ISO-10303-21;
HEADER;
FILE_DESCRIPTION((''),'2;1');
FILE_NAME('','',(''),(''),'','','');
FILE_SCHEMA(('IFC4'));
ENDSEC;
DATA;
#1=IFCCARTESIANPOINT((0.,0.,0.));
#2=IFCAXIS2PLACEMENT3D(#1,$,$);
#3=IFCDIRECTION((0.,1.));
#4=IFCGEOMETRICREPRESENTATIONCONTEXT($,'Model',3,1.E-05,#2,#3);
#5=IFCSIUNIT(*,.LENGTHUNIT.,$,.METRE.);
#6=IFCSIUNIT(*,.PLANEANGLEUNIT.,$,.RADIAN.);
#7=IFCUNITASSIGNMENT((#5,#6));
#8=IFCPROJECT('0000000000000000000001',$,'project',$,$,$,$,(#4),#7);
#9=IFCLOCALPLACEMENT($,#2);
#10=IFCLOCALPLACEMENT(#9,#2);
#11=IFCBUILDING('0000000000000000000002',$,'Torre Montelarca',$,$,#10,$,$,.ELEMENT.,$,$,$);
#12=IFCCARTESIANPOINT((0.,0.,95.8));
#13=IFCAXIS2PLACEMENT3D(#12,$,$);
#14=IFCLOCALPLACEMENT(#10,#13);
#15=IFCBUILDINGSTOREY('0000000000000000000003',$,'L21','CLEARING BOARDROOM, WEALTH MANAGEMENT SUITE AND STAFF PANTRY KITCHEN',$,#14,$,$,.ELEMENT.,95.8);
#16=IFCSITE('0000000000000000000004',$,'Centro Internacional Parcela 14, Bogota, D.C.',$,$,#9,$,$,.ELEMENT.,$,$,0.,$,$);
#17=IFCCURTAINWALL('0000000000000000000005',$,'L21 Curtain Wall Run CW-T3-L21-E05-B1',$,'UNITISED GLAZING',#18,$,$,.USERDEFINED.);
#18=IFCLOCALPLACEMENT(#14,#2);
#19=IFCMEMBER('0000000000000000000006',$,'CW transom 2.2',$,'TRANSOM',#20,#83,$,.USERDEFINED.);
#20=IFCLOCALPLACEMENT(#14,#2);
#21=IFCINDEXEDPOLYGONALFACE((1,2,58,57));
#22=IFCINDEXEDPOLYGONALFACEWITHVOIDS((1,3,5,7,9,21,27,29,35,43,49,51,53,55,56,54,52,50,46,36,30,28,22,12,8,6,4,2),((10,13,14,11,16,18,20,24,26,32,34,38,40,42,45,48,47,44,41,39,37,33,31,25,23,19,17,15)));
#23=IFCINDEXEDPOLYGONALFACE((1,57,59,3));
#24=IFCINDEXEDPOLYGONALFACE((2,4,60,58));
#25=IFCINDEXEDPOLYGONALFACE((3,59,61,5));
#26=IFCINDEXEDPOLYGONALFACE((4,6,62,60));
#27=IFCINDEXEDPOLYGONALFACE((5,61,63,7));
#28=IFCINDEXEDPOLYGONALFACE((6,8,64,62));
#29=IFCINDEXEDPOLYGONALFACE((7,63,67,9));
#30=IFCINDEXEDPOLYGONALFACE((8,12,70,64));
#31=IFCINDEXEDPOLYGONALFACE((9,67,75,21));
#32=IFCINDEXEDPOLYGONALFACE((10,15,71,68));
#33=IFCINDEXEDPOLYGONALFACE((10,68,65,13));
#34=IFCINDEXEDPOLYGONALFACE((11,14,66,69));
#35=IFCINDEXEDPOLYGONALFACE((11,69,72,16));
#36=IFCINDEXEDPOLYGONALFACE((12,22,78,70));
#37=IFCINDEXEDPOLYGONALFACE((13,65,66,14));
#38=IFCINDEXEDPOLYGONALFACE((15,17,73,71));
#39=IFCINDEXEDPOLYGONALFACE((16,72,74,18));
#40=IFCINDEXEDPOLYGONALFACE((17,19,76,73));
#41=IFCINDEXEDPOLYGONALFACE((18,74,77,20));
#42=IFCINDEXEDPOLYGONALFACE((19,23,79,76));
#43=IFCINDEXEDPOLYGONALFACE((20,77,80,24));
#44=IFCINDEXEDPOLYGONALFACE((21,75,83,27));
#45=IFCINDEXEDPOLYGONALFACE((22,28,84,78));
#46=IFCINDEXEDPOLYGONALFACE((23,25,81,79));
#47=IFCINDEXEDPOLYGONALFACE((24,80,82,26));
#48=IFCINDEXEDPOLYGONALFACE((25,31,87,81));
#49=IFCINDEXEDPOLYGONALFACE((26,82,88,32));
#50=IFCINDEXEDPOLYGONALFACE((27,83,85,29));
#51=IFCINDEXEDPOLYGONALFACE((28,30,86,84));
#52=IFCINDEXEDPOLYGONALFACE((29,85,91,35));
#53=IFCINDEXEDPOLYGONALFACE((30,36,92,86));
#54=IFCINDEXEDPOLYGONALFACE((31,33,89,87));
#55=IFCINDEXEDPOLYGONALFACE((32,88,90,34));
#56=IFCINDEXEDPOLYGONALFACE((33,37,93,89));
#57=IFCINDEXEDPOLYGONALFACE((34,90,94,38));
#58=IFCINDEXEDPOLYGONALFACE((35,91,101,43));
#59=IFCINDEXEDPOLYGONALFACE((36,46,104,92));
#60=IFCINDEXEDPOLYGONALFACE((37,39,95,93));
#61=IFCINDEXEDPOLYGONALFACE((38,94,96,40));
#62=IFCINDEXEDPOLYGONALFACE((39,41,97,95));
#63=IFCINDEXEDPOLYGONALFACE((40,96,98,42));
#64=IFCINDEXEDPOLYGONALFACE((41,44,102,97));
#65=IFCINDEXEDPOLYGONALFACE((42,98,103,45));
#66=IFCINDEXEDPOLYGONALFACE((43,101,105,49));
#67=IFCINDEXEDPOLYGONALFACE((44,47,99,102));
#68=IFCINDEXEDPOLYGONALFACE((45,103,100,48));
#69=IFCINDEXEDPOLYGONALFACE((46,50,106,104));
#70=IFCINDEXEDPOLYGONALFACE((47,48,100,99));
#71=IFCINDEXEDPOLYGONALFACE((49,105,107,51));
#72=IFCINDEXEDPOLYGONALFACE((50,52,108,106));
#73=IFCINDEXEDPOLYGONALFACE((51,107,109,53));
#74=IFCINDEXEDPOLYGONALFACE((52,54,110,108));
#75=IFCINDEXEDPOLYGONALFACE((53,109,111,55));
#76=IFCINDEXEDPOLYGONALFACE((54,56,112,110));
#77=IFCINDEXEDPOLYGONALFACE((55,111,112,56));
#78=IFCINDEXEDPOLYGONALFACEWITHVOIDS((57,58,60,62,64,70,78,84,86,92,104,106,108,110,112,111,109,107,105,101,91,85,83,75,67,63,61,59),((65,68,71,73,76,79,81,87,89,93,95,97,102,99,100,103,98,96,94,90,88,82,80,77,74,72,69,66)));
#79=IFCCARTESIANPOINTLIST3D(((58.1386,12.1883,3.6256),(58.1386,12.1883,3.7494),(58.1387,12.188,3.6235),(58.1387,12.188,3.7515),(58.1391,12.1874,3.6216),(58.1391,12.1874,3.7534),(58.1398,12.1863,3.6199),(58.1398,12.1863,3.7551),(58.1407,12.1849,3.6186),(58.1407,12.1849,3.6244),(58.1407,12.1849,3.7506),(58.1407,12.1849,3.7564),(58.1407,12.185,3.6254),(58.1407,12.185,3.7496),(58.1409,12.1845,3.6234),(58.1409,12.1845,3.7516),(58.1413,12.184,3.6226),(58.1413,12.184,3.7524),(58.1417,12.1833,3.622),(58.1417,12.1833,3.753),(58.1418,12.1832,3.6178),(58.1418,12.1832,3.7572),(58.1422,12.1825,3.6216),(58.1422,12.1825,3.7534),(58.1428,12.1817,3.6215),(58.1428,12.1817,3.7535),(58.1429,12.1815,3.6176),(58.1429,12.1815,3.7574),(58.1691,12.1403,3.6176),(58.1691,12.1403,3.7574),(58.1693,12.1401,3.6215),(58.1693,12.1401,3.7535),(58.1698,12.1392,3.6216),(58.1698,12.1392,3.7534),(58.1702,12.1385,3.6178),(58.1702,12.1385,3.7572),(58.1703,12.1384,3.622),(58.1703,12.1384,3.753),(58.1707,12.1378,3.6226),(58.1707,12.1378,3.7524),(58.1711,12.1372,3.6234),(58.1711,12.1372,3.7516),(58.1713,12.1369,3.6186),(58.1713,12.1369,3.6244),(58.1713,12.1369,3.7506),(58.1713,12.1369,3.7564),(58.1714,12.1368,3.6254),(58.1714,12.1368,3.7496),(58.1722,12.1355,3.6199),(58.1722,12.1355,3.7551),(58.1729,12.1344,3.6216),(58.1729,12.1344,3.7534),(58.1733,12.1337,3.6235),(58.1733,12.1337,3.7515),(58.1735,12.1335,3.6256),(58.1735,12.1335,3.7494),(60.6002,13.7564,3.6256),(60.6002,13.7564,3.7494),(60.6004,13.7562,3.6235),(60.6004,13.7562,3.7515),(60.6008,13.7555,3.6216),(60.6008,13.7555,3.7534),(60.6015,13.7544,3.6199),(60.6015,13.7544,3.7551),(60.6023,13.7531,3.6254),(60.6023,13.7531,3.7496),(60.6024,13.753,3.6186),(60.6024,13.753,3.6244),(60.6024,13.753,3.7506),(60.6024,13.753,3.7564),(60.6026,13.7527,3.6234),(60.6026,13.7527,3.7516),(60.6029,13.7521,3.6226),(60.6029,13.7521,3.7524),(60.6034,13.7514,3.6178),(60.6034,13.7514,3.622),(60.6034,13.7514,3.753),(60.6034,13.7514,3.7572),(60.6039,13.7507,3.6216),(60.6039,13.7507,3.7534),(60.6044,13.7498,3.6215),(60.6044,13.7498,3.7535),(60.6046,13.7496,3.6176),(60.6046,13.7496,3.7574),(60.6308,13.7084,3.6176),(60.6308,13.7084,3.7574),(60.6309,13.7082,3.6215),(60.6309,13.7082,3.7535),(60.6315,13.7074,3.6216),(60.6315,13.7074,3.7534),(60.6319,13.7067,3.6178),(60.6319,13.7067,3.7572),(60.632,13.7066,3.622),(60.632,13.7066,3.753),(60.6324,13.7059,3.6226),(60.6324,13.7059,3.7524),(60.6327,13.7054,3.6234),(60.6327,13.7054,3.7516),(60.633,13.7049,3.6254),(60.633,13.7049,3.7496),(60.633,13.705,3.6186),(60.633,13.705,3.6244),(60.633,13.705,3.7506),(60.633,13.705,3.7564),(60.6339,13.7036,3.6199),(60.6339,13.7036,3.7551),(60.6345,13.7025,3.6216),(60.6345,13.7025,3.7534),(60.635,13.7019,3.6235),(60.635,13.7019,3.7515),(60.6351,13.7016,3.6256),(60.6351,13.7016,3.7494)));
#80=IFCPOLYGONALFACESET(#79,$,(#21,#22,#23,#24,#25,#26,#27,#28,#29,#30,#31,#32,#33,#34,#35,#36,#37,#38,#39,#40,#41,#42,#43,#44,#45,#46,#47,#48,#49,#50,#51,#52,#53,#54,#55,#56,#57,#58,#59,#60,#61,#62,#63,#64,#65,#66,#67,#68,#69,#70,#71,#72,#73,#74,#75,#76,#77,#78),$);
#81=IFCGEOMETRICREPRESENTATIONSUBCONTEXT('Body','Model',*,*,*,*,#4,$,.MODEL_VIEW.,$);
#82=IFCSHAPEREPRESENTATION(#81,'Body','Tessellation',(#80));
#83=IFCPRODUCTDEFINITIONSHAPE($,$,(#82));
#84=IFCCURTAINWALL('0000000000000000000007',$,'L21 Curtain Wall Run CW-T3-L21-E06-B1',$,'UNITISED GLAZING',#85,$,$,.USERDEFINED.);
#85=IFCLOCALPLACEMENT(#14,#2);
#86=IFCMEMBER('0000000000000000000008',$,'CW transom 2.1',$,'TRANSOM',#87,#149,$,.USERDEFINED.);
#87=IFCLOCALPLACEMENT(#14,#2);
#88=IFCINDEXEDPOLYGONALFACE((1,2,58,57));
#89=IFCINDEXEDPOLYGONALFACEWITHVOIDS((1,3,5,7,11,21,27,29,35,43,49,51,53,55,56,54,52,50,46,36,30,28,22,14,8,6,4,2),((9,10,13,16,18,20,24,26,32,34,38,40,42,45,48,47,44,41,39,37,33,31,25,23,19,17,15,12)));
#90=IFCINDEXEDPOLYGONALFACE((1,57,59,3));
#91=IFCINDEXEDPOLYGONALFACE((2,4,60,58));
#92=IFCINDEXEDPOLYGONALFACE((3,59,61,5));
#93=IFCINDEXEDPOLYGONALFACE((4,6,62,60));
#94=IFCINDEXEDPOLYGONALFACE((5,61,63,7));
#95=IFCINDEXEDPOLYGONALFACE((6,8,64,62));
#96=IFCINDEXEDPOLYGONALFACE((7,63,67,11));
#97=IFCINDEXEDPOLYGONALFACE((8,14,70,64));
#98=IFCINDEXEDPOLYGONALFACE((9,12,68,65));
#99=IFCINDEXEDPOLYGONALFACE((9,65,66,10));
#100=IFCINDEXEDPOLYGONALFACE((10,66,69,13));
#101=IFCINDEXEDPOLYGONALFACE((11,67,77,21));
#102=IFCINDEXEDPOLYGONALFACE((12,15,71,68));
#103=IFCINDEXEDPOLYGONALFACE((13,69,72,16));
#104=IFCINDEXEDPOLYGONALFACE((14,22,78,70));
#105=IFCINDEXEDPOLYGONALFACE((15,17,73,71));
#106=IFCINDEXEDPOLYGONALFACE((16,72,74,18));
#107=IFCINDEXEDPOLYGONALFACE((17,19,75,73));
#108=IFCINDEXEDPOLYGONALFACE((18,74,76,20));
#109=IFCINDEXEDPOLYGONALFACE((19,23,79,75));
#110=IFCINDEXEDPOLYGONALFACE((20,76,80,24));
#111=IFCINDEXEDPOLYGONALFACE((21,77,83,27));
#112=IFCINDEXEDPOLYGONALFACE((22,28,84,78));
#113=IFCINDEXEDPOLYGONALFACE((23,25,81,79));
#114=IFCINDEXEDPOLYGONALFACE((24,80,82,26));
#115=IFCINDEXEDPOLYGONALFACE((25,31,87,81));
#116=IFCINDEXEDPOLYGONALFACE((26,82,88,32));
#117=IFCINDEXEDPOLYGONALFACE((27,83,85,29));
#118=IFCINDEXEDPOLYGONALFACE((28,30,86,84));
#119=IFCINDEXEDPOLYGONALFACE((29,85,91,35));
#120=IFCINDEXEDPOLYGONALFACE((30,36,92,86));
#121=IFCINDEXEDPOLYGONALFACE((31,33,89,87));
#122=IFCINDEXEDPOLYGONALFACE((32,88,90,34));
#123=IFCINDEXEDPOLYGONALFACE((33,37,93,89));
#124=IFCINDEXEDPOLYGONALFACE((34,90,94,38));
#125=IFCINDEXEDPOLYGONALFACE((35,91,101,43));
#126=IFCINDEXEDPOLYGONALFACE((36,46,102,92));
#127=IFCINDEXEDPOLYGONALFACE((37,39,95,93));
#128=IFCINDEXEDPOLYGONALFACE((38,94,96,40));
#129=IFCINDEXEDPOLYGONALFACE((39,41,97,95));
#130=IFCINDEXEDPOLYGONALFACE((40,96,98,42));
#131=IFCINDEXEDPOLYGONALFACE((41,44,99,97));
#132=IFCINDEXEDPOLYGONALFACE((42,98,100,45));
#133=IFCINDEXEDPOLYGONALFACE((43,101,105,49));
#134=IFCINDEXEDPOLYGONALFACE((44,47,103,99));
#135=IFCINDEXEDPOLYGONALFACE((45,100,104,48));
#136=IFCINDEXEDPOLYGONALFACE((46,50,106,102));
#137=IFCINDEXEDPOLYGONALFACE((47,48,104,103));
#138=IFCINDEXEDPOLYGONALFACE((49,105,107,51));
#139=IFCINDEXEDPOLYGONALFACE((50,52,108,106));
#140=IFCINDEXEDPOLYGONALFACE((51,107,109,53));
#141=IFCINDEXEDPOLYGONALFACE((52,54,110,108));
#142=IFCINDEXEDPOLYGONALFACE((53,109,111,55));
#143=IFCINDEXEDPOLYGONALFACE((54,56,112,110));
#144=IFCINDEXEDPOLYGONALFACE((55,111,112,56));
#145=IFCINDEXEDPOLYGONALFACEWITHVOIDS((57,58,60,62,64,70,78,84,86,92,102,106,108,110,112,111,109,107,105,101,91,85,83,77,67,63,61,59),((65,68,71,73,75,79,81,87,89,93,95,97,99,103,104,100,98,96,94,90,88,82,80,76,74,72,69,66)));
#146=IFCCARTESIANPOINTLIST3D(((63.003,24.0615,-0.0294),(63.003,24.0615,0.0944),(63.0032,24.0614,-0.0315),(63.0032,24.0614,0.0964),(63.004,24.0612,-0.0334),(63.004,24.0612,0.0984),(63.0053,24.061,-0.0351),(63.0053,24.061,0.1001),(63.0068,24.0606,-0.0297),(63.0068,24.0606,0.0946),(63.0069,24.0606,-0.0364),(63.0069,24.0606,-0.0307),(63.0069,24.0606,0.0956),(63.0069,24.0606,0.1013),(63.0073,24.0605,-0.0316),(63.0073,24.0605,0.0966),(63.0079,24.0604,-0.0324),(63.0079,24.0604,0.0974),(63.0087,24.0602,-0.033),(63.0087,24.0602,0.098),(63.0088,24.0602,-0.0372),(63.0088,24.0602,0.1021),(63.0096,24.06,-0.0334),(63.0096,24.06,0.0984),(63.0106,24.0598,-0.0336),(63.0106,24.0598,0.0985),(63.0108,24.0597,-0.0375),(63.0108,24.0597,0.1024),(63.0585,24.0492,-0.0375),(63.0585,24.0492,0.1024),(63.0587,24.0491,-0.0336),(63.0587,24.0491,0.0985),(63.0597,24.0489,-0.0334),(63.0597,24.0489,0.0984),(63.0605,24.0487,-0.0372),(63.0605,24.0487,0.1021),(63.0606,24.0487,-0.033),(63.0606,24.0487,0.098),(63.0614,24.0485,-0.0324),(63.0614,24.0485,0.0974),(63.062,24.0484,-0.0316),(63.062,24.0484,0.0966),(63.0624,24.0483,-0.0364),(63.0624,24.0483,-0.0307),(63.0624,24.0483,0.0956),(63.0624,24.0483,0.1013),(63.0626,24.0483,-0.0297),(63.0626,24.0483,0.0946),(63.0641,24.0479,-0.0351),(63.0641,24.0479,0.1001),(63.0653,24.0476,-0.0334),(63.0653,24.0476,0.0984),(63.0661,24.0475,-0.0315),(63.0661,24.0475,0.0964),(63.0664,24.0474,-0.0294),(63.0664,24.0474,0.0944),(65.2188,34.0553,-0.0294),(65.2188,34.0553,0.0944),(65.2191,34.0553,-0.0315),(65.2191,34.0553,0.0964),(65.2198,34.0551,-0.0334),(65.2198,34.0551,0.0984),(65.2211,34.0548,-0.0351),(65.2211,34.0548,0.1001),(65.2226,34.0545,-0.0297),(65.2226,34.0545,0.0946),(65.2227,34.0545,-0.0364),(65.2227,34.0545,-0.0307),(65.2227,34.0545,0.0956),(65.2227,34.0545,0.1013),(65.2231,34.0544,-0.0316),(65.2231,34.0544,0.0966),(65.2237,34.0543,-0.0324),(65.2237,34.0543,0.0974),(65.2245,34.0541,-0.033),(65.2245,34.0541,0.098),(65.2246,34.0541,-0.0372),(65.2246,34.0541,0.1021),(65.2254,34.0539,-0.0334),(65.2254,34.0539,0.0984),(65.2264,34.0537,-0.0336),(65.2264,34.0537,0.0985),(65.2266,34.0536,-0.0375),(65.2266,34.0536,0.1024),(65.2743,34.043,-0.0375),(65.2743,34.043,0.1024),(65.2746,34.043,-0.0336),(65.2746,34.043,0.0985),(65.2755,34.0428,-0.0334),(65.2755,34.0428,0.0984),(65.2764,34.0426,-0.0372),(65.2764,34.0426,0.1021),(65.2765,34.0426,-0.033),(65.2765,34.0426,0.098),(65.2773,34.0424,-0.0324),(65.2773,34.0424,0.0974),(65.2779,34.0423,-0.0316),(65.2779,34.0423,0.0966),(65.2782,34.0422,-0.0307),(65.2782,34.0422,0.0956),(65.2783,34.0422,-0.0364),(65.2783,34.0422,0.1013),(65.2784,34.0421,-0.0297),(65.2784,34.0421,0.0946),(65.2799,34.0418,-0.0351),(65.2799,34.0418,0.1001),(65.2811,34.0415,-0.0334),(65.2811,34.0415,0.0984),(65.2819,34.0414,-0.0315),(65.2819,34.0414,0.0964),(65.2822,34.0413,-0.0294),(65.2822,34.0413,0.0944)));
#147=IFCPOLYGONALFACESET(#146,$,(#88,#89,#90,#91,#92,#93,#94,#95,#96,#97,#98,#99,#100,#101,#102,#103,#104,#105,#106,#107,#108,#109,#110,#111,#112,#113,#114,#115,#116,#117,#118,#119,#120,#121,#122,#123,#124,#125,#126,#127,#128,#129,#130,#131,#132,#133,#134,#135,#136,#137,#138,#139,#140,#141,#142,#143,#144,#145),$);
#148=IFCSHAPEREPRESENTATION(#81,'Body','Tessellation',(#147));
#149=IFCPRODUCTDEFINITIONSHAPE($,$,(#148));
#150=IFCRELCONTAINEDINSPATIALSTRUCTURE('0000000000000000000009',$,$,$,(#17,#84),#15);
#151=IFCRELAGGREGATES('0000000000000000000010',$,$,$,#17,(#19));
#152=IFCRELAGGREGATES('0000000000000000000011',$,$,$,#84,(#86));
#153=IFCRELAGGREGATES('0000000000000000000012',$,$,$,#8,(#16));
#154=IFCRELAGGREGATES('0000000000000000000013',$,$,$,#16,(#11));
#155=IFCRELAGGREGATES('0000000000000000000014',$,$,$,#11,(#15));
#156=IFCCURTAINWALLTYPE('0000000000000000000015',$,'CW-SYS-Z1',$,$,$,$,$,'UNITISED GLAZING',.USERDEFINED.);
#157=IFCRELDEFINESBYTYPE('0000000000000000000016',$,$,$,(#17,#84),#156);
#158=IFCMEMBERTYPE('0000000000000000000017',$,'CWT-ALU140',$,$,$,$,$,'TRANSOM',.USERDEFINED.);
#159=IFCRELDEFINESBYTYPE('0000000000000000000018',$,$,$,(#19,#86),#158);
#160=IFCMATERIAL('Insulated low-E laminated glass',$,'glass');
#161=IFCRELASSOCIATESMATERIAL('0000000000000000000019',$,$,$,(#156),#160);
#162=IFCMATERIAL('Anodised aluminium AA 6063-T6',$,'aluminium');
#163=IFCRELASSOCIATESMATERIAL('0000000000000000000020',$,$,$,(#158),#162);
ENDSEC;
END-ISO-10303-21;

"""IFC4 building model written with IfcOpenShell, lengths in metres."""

from ifc_helpers import new_model, si_unit, direction, frame, origin, origin_2d, place, context, subcontext, project, spatial, hollow_rectangle, extrude, source, transform, mapped, material, material_profile, profile_set, type_object, element, aggregate, save


model = new_model("IFC4")

# Units and contexts
model_context = context("Model", 3, precision=1e-05, world=origin(), true_north=direction((0.0, 1.0)))
body_context = subcontext(model_context, "Body", "Model", "MODEL_VIEW")
ifc_project = project(units=[si_unit("LENGTHUNIT", "METRE"), si_unit("PLANEANGLEUNIT", "RADIAN")], contexts=[model_context])

# Site, building, storey
site_placement = place(None, origin())
site = spatial("IfcSite", under=ifc_project, at=site_placement, Name="Centro Internacional Parcela 14, Bogota, D.C.", CompositionType="ELEMENT", RefElevation=0.0)
building_placement = place(site_placement, origin())
building = spatial("IfcBuilding", under=site, at=building_placement, Name="Torre Montelarca", CompositionType="ELEMENT")
storey_placement = place(building_placement, frame((0.0, 0.0, 95.8)))
storey = spatial("IfcBuildingStorey", under=building, at=storey_placement, Name="L21", Description="CLEARING BOARDROOM, WEALTH MANAGEMENT SUITE AND STAFF PANTRY KITCHEN", CompositionType="ELEMENT", Elevation=95.8)

# Curtain walls, members
ifc_material_1 = material(Name="Insulated low-E laminated glass", Category="glass")
curtain_wall_type = type_object("IfcCurtainWallType", Name="CW-SYS-Z1", ElementType="UNITISED GLAZING", PredefinedType="USERDEFINED", material=ifc_material_1)
ifc_material_2 = material(Name="Anodised aluminium AA 6063-T6", Category="aluminium")
ifc_material_profile_1 = material_profile(ifc_material_2, hollow_rectangle(XDim=0.0649, YDim=0.1399, WallThickness=0.0039, InnerFilletRadius=0.0039, OuterFilletRadius=0.0081, at=origin_2d()), Name="ALU65X140X4", Category="aluminium")
ifc_profile_set_1 = profile_set([ifc_material_profile_1], Name="Anodised aluminium AA 6063-T6")
member_type_1 = type_object("IfcMemberType", Name="CWT-ALU140", ElementType="TRANSOM", PredefinedType="USERDEFINED", material=ifc_profile_set_1)
curtain_wall_1_placement = place(storey_placement, origin())
curtain_wall_1 = element("IfcCurtainWall", 1, at=curtain_wall_1_placement, inside=storey, type_object=curtain_wall_type, Name="L21 Curtain Wall Run CW-T3-L21-E05-B1", ObjectType="UNITISED GLAZING", PredefinedType="USERDEFINED")
shared_shape_1 = source(origin(), body_context, "Body", "SweptSolid", [
    extrude(hollow_rectangle(XDim=0.0649, YDim=0.1399, WallThickness=0.0039, InnerFilletRadius=0.0039, OuterFilletRadius=0.0081, at=origin_2d()), origin(), (0.0, 0.0, 1.0), 2.9187),
])
member_1_placement = place(storey_placement, frame((58.156, 12.1609, 3.6875), z_axis=(0.843413, 0.537265, 0.0), x_axis=(-0.537265, 0.843413, 0.0)))
member_1 = element("IfcMember", 2, at=member_1_placement, type_object=member_type_1, Name="CW transom 2.2", ObjectType="TRANSOM", PredefinedType="USERDEFINED", context=body_context, shape_type="MappedRepresentation", body=[
    mapped(shared_shape_1, transform((0.0, 0.0, 0.0), scale=1.0)),
])
curtain_wall_2_placement = place(storey_placement, origin())
curtain_wall_2 = element("IfcCurtainWall", 3, at=curtain_wall_2_placement, inside=storey, type_object=curtain_wall_type, Name="L21 Curtain Wall Run CW-T3-L21-E06-B1", ObjectType="UNITISED GLAZING", PredefinedType="USERDEFINED")
shared_shape_2 = source(origin(), body_context, "Body", "SweptSolid", [
    extrude(hollow_rectangle(XDim=0.0649, YDim=0.1399, WallThickness=0.0039, InnerFilletRadius=0.0039, OuterFilletRadius=0.0081, at=origin_2d()), origin(), (0.0, 0.0, 1.0), 10.2366),
])
member_2_placement = place(storey_placement, frame((63.0347, 24.0544, 0.0325), z_axis=(0.216461, 0.976291, 0.0), x_axis=(-0.976291, 0.216461, 0.0)))
member_2 = element("IfcMember", 4, at=member_2_placement, type_object=member_type_1, Name="CW transom 2.1", ObjectType="TRANSOM", PredefinedType="USERDEFINED", context=body_context, shape_type="MappedRepresentation", body=[
    mapped(shared_shape_2, transform((0.0, 0.0, 0.0), scale=1.0)),
])

aggregate(curtain_wall_1, [member_1])
aggregate(curtain_wall_2, [member_2])

save(model, "model.ifc")
